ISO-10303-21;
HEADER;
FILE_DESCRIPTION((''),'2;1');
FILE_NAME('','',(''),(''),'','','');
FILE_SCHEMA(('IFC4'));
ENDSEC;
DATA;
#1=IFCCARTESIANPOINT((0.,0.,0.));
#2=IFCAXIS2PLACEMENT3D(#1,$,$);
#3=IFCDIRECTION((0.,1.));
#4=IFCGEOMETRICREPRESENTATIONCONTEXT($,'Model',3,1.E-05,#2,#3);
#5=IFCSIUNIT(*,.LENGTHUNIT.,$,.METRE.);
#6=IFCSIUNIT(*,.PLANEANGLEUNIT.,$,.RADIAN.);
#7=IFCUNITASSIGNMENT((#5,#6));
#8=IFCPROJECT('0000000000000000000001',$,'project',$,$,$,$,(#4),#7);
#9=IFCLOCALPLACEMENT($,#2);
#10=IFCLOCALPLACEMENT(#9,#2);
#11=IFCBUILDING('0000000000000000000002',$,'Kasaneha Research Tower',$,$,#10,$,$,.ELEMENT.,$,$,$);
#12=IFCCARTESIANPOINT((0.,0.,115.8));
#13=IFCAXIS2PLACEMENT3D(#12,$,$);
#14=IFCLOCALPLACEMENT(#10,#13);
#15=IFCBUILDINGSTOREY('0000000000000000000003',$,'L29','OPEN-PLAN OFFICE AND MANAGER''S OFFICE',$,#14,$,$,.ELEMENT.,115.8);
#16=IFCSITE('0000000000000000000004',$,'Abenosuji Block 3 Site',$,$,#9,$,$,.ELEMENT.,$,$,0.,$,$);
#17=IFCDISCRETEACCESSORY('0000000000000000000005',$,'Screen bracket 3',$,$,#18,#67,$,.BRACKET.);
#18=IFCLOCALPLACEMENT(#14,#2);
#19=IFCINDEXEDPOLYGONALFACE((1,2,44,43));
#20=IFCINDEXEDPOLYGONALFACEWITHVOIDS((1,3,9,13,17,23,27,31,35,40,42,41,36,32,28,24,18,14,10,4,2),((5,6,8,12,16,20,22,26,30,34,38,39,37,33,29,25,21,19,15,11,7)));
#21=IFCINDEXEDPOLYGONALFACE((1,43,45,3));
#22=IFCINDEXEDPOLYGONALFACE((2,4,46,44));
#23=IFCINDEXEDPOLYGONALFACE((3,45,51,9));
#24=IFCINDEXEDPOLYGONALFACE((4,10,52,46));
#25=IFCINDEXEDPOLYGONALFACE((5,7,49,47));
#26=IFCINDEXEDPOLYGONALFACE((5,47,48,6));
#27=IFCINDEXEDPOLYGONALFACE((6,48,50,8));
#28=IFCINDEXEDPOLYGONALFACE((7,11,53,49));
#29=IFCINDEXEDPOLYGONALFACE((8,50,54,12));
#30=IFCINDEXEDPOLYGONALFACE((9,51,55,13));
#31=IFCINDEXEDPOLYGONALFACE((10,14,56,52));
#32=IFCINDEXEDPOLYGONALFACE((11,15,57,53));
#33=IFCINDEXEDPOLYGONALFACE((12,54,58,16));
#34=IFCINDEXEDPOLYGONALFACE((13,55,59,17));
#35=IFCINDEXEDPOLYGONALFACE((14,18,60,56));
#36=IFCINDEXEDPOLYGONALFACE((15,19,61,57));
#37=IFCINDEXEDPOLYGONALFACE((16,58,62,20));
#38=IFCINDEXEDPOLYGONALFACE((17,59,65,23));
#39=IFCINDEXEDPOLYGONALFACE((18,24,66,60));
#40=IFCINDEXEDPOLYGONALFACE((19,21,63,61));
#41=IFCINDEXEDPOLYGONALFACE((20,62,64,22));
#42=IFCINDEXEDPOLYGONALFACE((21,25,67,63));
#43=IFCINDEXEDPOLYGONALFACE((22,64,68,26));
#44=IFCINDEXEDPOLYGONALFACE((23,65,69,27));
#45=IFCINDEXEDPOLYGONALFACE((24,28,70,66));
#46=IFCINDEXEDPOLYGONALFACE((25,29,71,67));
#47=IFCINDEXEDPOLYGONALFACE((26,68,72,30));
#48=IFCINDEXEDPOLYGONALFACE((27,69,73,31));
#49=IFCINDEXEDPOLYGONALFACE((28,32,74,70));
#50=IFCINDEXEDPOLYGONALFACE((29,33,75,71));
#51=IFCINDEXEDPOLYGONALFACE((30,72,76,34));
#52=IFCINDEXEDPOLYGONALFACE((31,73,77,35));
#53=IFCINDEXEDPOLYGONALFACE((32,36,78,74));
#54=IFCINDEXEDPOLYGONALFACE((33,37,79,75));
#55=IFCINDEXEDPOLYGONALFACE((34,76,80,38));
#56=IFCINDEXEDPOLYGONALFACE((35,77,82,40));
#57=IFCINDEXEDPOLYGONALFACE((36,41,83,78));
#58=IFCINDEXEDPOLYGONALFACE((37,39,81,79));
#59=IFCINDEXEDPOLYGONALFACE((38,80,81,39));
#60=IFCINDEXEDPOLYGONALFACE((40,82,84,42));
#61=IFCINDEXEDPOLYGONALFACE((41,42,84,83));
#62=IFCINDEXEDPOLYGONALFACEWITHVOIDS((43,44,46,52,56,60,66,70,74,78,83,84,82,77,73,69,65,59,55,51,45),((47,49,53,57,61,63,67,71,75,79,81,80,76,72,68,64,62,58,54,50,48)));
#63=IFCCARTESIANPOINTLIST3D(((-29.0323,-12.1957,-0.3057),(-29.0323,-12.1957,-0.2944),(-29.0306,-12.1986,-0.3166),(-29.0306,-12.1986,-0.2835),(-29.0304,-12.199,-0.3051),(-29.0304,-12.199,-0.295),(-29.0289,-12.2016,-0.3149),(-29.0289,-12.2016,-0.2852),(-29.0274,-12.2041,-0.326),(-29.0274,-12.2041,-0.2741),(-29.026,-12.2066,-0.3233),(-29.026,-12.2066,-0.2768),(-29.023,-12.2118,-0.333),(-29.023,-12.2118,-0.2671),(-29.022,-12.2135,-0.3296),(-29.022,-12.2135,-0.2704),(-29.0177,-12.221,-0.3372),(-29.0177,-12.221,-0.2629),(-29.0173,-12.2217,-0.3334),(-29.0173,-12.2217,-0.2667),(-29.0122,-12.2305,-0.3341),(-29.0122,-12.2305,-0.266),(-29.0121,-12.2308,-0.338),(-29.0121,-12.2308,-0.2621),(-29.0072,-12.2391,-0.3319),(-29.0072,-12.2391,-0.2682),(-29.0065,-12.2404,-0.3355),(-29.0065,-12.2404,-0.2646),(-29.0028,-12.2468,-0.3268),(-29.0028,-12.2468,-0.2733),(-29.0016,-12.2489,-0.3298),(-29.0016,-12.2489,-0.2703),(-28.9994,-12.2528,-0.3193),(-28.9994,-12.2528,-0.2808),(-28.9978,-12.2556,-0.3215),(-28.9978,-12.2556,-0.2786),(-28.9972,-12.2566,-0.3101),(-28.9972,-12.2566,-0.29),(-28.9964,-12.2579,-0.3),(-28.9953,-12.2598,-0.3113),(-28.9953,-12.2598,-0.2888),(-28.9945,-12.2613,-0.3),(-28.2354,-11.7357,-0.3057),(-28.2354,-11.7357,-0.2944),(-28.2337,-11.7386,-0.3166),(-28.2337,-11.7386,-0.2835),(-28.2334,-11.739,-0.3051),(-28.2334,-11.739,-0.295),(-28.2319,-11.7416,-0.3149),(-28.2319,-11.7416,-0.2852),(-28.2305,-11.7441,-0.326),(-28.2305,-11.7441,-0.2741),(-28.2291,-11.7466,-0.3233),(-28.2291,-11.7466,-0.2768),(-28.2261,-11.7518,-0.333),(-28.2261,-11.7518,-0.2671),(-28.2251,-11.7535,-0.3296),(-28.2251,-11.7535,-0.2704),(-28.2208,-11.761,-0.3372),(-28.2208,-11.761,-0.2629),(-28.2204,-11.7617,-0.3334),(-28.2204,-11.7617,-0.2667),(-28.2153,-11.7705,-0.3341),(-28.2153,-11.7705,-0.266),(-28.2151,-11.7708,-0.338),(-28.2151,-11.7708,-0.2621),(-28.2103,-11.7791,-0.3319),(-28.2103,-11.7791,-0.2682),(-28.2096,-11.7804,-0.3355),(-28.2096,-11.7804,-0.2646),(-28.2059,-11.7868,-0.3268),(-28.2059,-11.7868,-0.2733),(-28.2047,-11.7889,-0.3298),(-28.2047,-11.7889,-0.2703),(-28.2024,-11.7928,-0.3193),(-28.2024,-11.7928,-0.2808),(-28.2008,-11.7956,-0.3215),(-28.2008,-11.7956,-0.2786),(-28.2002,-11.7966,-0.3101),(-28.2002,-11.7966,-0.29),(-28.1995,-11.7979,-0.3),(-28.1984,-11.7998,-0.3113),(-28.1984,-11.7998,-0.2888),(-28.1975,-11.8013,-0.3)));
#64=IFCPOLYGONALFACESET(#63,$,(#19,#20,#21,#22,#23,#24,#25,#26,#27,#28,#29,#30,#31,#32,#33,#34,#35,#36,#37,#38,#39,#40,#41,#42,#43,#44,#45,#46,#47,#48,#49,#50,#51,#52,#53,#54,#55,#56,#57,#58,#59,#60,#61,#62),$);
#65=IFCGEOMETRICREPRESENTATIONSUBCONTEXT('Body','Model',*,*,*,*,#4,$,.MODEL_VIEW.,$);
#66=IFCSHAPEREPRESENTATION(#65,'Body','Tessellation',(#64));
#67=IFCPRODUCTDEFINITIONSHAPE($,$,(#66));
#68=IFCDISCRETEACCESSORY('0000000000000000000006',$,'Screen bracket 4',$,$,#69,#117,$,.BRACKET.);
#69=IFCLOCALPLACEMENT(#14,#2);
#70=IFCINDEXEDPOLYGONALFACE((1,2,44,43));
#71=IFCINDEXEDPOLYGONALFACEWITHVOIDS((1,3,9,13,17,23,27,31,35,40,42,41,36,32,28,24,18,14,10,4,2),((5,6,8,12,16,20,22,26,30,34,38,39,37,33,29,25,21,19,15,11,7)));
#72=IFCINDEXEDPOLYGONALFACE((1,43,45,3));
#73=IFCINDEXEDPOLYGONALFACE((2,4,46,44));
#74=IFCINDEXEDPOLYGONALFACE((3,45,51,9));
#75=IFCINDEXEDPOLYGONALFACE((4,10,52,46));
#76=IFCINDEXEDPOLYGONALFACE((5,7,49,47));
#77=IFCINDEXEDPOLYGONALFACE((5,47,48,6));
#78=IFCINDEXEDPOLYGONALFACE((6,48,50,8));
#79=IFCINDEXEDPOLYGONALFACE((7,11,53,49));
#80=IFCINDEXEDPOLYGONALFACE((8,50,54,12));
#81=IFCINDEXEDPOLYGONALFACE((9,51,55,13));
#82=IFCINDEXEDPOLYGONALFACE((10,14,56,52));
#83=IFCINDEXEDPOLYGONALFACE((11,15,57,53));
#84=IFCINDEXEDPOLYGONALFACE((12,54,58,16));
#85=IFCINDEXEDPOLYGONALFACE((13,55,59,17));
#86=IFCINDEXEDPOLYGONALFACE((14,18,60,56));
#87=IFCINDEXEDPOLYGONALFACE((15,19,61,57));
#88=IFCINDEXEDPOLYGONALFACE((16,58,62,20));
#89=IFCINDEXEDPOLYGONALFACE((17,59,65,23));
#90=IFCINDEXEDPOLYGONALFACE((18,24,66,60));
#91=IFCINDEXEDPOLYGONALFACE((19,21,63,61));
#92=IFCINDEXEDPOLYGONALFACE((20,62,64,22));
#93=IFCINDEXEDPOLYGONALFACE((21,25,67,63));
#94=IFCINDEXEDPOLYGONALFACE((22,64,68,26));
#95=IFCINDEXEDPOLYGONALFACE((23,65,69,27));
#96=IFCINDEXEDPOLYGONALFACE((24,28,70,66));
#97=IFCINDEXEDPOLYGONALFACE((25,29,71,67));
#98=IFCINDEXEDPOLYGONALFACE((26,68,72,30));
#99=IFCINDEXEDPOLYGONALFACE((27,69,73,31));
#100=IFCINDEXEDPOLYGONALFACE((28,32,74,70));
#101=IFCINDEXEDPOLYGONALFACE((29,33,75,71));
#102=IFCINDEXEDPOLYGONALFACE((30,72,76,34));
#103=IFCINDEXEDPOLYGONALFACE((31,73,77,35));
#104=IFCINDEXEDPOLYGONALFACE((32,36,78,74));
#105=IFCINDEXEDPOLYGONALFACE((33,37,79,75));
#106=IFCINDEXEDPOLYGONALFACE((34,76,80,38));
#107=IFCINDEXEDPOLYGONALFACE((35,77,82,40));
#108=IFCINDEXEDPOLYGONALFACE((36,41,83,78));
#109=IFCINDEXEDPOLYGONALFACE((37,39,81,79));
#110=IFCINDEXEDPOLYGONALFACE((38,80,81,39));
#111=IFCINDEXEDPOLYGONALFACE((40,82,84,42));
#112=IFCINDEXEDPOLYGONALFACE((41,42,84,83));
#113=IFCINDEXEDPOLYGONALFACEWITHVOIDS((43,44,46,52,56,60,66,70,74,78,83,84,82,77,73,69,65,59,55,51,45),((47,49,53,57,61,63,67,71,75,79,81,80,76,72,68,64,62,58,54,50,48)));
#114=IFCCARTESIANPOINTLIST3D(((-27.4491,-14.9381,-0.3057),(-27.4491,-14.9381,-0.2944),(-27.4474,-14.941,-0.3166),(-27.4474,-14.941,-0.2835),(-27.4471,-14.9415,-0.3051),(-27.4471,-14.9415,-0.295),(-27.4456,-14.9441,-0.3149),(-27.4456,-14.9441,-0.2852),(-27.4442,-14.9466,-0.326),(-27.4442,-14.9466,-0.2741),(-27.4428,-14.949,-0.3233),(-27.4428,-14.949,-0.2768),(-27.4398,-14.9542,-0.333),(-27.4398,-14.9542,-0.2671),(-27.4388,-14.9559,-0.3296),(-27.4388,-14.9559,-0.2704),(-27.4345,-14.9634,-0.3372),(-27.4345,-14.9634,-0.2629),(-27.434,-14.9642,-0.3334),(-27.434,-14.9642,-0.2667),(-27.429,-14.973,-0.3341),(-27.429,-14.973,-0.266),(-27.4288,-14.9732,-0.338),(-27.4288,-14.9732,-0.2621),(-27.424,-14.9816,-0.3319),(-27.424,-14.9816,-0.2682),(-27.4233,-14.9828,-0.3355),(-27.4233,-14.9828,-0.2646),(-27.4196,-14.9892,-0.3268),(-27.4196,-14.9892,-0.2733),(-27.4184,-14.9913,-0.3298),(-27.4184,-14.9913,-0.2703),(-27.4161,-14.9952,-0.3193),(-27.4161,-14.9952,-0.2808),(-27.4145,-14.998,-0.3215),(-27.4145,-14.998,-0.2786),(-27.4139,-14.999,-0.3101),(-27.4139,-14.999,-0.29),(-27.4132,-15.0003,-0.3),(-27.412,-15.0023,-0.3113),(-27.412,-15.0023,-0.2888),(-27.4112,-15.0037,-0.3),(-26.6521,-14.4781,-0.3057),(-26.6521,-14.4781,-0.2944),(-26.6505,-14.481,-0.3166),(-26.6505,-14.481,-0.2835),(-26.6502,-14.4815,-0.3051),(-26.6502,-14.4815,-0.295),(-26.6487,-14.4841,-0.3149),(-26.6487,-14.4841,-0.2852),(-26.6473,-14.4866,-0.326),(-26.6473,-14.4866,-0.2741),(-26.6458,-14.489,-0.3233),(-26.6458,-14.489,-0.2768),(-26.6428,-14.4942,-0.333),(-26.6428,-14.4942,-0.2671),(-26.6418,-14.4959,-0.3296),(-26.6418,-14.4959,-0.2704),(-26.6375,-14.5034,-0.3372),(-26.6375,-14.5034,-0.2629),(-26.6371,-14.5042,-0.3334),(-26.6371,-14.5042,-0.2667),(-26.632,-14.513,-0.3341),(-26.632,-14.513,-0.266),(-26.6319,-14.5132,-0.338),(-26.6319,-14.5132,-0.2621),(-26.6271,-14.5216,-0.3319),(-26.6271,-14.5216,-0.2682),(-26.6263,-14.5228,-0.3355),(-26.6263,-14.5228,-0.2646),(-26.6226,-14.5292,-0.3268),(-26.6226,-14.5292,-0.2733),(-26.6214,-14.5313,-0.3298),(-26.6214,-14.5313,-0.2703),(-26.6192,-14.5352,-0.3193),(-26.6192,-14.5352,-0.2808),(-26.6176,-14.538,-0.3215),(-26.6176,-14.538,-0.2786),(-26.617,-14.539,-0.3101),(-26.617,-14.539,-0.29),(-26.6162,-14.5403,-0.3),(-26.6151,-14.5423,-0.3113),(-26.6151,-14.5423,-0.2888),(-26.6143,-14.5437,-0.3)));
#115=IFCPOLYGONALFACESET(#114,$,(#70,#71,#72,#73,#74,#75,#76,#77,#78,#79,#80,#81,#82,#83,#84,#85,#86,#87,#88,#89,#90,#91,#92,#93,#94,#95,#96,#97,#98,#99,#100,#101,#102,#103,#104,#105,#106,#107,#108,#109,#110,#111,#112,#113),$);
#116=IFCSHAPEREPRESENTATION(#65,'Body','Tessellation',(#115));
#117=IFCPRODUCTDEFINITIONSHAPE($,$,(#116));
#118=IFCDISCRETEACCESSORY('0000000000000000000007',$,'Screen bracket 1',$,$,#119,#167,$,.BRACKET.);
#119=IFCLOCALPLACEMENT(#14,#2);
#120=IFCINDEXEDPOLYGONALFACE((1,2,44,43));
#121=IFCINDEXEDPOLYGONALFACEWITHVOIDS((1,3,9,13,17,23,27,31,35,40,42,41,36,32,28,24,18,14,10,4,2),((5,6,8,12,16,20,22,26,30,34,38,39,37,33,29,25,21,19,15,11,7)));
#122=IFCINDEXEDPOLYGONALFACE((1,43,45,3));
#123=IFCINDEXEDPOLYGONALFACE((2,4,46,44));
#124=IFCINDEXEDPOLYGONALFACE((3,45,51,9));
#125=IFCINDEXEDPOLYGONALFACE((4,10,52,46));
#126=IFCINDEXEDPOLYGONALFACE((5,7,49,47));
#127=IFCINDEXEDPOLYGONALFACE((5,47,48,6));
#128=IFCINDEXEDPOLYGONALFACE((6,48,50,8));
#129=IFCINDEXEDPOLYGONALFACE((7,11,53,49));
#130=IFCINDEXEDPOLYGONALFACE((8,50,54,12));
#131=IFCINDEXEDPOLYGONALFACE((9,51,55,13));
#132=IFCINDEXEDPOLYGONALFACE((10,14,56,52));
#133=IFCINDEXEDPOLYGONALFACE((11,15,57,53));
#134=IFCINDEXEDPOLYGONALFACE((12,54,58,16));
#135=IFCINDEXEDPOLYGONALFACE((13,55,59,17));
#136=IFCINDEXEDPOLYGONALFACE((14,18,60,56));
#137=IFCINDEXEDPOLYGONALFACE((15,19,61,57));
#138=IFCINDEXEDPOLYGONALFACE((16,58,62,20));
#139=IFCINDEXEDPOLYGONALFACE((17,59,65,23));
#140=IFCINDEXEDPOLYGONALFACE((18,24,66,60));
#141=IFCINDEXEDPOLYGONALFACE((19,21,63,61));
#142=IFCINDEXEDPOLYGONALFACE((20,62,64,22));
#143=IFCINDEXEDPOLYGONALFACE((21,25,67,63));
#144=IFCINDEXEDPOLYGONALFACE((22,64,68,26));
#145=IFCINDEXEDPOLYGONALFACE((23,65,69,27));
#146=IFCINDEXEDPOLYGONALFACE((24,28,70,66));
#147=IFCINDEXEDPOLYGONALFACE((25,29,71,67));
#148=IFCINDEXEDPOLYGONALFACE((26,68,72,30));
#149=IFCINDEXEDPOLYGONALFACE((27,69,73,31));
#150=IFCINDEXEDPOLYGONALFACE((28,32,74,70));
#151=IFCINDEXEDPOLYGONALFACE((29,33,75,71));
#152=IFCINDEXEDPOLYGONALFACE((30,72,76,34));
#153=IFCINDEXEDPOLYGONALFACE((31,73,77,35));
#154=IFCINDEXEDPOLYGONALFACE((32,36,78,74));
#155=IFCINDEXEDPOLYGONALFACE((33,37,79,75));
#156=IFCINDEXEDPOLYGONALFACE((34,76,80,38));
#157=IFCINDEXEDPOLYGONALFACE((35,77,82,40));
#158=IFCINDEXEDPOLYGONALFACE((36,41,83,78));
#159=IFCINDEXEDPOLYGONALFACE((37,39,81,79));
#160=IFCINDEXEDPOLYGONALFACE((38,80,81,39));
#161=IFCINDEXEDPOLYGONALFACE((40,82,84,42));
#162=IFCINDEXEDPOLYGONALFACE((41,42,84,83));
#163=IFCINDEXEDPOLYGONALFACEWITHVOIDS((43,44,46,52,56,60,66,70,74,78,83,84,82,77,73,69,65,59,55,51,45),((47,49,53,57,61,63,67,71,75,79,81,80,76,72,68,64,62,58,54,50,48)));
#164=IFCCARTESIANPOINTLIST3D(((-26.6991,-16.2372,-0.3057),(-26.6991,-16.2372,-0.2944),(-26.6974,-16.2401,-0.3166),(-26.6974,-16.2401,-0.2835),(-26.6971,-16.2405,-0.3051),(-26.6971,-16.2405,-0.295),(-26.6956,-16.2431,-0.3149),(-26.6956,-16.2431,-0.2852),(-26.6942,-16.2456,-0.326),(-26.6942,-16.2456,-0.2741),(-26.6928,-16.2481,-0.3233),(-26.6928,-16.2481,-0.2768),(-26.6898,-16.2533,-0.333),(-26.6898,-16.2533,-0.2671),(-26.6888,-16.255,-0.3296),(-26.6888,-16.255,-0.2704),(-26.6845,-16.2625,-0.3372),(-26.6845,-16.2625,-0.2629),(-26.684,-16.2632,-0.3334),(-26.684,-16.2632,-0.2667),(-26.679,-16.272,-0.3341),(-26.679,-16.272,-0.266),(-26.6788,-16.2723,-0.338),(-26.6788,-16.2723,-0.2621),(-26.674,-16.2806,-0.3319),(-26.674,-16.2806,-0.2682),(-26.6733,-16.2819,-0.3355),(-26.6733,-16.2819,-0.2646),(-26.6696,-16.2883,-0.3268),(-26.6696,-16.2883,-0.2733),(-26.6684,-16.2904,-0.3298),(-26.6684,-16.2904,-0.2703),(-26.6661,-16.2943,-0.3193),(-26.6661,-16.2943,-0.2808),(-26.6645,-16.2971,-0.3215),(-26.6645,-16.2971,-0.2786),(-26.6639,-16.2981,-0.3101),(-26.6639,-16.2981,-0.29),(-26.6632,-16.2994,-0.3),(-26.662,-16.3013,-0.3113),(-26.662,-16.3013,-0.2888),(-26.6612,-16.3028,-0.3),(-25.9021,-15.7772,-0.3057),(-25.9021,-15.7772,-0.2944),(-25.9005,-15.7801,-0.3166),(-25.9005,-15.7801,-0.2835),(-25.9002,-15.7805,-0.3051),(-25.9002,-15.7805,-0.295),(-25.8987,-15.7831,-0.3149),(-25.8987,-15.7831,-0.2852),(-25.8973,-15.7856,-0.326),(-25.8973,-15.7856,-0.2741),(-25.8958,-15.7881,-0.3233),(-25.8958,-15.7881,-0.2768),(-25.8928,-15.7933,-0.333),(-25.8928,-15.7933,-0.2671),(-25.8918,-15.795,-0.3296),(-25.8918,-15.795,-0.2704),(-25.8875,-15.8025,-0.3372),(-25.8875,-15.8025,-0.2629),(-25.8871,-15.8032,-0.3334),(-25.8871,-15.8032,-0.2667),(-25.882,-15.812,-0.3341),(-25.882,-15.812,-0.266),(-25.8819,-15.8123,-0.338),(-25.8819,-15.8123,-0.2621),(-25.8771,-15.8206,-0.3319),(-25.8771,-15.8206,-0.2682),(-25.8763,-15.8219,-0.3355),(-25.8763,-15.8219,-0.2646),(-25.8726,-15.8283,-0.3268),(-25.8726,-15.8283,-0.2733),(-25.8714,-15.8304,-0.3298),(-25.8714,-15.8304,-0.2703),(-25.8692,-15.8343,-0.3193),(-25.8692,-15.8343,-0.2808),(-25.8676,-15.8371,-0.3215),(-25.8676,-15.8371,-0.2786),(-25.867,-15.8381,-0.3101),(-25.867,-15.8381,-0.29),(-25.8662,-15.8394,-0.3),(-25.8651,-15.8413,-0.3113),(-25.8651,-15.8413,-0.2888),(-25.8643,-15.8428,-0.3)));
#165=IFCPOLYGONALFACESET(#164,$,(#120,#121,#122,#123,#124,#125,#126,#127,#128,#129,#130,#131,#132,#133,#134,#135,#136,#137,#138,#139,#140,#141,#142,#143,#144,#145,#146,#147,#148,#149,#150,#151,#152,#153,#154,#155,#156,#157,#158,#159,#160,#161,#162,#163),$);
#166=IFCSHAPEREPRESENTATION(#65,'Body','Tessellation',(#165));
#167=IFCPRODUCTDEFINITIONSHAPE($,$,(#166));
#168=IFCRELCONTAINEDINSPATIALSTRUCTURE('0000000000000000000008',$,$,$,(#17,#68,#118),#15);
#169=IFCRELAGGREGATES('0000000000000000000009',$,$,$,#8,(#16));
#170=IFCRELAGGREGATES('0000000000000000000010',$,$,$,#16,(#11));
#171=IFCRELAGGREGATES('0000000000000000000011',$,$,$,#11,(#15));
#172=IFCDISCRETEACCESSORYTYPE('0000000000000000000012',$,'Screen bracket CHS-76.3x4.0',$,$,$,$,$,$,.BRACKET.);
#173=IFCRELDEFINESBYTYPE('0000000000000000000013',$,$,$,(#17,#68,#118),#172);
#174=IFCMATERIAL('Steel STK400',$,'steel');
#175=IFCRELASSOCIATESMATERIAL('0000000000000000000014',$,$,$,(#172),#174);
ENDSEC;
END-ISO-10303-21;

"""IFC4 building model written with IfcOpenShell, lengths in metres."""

from ifc_helpers import new_model, si_unit, direction, frame, origin, origin_2d, place, context, subcontext, project, spatial, hollow_circle, extrude, material, material_profile, profile_set, type_object, element, save


model = new_model("IFC4")

# Units and contexts
model_context = context("Model", 3, precision=1e-05, world=origin(), true_north=direction((0.0, 1.0)))
body_context = subcontext(model_context, "Body", "Model", "MODEL_VIEW")
ifc_project = project(units=[si_unit("LENGTHUNIT", "METRE"), si_unit("PLANEANGLEUNIT", "RADIAN")], contexts=[model_context])

# Site, building, storey
site_placement = place(None, origin())
site = spatial("IfcSite", under=ifc_project, at=site_placement, Name="Abenosuji Block 3 Site", CompositionType="ELEMENT", RefElevation=0.0)
building_placement = place(site_placement, origin())
building = spatial("IfcBuilding", under=site, at=building_placement, Name="Kasaneha Research Tower", CompositionType="ELEMENT")
storey_placement = place(building_placement, frame((0.0, 0.0, 115.8)))
storey = spatial("IfcBuildingStorey", under=building, at=storey_placement, Name="L29", Description="OPEN-PLAN OFFICE AND MANAGER'S OFFICE", CompositionType="ELEMENT", Elevation=115.8)

# Discrete accessories
ifc_material_1 = material(Name="Steel STK400", Category="steel")
ifc_material_profile_1 = material_profile(ifc_material_1, hollow_circle(Radius=0.0381, WallThickness=0.0039, at=origin_2d()), Name="CHS-76.3x4.0")
ifc_profile_set_1 = profile_set([ifc_material_profile_1], Name="Steel STK400")
discrete_accessory_type = type_object("IfcDiscreteAccessoryType", Name="Screen bracket CHS-76.3x4.0", PredefinedType="BRACKET", material=ifc_profile_set_1)
for number, where, z_axis, x_axis, name in (
    (1, (-28.2166, -11.7683, -0.3), (-0.86608, -0.499906, 0.0), (0.499906, -0.86608, 0.0), "Screen bracket 3"),
    (2, (-26.6333, -14.5107, -0.3), (-0.86608, -0.499906, 0.0), (0.499906, -0.86608, 0.0), "Screen bracket 4"),
    (3, (-25.8833, -15.8098, -0.3), (-0.86608, -0.499906, 0.0), (0.499906, -0.86608, 0.0), "Screen bracket 1"),
):
    element("IfcDiscreteAccessory", number, at=place(storey_placement, frame(where, z_axis=z_axis, x_axis=x_axis)), inside=storey, type_object=discrete_accessory_type, Name=name, PredefinedType="BRACKET", context=body_context, shape_type="SweptSolid", body=[
        extrude(hollow_circle(Radius=0.0381, WallThickness=0.0039, at=origin_2d()), origin(), (0.0, 0.0, 1.0), 0.9202),
    ])

save(model, "model.ifc")
